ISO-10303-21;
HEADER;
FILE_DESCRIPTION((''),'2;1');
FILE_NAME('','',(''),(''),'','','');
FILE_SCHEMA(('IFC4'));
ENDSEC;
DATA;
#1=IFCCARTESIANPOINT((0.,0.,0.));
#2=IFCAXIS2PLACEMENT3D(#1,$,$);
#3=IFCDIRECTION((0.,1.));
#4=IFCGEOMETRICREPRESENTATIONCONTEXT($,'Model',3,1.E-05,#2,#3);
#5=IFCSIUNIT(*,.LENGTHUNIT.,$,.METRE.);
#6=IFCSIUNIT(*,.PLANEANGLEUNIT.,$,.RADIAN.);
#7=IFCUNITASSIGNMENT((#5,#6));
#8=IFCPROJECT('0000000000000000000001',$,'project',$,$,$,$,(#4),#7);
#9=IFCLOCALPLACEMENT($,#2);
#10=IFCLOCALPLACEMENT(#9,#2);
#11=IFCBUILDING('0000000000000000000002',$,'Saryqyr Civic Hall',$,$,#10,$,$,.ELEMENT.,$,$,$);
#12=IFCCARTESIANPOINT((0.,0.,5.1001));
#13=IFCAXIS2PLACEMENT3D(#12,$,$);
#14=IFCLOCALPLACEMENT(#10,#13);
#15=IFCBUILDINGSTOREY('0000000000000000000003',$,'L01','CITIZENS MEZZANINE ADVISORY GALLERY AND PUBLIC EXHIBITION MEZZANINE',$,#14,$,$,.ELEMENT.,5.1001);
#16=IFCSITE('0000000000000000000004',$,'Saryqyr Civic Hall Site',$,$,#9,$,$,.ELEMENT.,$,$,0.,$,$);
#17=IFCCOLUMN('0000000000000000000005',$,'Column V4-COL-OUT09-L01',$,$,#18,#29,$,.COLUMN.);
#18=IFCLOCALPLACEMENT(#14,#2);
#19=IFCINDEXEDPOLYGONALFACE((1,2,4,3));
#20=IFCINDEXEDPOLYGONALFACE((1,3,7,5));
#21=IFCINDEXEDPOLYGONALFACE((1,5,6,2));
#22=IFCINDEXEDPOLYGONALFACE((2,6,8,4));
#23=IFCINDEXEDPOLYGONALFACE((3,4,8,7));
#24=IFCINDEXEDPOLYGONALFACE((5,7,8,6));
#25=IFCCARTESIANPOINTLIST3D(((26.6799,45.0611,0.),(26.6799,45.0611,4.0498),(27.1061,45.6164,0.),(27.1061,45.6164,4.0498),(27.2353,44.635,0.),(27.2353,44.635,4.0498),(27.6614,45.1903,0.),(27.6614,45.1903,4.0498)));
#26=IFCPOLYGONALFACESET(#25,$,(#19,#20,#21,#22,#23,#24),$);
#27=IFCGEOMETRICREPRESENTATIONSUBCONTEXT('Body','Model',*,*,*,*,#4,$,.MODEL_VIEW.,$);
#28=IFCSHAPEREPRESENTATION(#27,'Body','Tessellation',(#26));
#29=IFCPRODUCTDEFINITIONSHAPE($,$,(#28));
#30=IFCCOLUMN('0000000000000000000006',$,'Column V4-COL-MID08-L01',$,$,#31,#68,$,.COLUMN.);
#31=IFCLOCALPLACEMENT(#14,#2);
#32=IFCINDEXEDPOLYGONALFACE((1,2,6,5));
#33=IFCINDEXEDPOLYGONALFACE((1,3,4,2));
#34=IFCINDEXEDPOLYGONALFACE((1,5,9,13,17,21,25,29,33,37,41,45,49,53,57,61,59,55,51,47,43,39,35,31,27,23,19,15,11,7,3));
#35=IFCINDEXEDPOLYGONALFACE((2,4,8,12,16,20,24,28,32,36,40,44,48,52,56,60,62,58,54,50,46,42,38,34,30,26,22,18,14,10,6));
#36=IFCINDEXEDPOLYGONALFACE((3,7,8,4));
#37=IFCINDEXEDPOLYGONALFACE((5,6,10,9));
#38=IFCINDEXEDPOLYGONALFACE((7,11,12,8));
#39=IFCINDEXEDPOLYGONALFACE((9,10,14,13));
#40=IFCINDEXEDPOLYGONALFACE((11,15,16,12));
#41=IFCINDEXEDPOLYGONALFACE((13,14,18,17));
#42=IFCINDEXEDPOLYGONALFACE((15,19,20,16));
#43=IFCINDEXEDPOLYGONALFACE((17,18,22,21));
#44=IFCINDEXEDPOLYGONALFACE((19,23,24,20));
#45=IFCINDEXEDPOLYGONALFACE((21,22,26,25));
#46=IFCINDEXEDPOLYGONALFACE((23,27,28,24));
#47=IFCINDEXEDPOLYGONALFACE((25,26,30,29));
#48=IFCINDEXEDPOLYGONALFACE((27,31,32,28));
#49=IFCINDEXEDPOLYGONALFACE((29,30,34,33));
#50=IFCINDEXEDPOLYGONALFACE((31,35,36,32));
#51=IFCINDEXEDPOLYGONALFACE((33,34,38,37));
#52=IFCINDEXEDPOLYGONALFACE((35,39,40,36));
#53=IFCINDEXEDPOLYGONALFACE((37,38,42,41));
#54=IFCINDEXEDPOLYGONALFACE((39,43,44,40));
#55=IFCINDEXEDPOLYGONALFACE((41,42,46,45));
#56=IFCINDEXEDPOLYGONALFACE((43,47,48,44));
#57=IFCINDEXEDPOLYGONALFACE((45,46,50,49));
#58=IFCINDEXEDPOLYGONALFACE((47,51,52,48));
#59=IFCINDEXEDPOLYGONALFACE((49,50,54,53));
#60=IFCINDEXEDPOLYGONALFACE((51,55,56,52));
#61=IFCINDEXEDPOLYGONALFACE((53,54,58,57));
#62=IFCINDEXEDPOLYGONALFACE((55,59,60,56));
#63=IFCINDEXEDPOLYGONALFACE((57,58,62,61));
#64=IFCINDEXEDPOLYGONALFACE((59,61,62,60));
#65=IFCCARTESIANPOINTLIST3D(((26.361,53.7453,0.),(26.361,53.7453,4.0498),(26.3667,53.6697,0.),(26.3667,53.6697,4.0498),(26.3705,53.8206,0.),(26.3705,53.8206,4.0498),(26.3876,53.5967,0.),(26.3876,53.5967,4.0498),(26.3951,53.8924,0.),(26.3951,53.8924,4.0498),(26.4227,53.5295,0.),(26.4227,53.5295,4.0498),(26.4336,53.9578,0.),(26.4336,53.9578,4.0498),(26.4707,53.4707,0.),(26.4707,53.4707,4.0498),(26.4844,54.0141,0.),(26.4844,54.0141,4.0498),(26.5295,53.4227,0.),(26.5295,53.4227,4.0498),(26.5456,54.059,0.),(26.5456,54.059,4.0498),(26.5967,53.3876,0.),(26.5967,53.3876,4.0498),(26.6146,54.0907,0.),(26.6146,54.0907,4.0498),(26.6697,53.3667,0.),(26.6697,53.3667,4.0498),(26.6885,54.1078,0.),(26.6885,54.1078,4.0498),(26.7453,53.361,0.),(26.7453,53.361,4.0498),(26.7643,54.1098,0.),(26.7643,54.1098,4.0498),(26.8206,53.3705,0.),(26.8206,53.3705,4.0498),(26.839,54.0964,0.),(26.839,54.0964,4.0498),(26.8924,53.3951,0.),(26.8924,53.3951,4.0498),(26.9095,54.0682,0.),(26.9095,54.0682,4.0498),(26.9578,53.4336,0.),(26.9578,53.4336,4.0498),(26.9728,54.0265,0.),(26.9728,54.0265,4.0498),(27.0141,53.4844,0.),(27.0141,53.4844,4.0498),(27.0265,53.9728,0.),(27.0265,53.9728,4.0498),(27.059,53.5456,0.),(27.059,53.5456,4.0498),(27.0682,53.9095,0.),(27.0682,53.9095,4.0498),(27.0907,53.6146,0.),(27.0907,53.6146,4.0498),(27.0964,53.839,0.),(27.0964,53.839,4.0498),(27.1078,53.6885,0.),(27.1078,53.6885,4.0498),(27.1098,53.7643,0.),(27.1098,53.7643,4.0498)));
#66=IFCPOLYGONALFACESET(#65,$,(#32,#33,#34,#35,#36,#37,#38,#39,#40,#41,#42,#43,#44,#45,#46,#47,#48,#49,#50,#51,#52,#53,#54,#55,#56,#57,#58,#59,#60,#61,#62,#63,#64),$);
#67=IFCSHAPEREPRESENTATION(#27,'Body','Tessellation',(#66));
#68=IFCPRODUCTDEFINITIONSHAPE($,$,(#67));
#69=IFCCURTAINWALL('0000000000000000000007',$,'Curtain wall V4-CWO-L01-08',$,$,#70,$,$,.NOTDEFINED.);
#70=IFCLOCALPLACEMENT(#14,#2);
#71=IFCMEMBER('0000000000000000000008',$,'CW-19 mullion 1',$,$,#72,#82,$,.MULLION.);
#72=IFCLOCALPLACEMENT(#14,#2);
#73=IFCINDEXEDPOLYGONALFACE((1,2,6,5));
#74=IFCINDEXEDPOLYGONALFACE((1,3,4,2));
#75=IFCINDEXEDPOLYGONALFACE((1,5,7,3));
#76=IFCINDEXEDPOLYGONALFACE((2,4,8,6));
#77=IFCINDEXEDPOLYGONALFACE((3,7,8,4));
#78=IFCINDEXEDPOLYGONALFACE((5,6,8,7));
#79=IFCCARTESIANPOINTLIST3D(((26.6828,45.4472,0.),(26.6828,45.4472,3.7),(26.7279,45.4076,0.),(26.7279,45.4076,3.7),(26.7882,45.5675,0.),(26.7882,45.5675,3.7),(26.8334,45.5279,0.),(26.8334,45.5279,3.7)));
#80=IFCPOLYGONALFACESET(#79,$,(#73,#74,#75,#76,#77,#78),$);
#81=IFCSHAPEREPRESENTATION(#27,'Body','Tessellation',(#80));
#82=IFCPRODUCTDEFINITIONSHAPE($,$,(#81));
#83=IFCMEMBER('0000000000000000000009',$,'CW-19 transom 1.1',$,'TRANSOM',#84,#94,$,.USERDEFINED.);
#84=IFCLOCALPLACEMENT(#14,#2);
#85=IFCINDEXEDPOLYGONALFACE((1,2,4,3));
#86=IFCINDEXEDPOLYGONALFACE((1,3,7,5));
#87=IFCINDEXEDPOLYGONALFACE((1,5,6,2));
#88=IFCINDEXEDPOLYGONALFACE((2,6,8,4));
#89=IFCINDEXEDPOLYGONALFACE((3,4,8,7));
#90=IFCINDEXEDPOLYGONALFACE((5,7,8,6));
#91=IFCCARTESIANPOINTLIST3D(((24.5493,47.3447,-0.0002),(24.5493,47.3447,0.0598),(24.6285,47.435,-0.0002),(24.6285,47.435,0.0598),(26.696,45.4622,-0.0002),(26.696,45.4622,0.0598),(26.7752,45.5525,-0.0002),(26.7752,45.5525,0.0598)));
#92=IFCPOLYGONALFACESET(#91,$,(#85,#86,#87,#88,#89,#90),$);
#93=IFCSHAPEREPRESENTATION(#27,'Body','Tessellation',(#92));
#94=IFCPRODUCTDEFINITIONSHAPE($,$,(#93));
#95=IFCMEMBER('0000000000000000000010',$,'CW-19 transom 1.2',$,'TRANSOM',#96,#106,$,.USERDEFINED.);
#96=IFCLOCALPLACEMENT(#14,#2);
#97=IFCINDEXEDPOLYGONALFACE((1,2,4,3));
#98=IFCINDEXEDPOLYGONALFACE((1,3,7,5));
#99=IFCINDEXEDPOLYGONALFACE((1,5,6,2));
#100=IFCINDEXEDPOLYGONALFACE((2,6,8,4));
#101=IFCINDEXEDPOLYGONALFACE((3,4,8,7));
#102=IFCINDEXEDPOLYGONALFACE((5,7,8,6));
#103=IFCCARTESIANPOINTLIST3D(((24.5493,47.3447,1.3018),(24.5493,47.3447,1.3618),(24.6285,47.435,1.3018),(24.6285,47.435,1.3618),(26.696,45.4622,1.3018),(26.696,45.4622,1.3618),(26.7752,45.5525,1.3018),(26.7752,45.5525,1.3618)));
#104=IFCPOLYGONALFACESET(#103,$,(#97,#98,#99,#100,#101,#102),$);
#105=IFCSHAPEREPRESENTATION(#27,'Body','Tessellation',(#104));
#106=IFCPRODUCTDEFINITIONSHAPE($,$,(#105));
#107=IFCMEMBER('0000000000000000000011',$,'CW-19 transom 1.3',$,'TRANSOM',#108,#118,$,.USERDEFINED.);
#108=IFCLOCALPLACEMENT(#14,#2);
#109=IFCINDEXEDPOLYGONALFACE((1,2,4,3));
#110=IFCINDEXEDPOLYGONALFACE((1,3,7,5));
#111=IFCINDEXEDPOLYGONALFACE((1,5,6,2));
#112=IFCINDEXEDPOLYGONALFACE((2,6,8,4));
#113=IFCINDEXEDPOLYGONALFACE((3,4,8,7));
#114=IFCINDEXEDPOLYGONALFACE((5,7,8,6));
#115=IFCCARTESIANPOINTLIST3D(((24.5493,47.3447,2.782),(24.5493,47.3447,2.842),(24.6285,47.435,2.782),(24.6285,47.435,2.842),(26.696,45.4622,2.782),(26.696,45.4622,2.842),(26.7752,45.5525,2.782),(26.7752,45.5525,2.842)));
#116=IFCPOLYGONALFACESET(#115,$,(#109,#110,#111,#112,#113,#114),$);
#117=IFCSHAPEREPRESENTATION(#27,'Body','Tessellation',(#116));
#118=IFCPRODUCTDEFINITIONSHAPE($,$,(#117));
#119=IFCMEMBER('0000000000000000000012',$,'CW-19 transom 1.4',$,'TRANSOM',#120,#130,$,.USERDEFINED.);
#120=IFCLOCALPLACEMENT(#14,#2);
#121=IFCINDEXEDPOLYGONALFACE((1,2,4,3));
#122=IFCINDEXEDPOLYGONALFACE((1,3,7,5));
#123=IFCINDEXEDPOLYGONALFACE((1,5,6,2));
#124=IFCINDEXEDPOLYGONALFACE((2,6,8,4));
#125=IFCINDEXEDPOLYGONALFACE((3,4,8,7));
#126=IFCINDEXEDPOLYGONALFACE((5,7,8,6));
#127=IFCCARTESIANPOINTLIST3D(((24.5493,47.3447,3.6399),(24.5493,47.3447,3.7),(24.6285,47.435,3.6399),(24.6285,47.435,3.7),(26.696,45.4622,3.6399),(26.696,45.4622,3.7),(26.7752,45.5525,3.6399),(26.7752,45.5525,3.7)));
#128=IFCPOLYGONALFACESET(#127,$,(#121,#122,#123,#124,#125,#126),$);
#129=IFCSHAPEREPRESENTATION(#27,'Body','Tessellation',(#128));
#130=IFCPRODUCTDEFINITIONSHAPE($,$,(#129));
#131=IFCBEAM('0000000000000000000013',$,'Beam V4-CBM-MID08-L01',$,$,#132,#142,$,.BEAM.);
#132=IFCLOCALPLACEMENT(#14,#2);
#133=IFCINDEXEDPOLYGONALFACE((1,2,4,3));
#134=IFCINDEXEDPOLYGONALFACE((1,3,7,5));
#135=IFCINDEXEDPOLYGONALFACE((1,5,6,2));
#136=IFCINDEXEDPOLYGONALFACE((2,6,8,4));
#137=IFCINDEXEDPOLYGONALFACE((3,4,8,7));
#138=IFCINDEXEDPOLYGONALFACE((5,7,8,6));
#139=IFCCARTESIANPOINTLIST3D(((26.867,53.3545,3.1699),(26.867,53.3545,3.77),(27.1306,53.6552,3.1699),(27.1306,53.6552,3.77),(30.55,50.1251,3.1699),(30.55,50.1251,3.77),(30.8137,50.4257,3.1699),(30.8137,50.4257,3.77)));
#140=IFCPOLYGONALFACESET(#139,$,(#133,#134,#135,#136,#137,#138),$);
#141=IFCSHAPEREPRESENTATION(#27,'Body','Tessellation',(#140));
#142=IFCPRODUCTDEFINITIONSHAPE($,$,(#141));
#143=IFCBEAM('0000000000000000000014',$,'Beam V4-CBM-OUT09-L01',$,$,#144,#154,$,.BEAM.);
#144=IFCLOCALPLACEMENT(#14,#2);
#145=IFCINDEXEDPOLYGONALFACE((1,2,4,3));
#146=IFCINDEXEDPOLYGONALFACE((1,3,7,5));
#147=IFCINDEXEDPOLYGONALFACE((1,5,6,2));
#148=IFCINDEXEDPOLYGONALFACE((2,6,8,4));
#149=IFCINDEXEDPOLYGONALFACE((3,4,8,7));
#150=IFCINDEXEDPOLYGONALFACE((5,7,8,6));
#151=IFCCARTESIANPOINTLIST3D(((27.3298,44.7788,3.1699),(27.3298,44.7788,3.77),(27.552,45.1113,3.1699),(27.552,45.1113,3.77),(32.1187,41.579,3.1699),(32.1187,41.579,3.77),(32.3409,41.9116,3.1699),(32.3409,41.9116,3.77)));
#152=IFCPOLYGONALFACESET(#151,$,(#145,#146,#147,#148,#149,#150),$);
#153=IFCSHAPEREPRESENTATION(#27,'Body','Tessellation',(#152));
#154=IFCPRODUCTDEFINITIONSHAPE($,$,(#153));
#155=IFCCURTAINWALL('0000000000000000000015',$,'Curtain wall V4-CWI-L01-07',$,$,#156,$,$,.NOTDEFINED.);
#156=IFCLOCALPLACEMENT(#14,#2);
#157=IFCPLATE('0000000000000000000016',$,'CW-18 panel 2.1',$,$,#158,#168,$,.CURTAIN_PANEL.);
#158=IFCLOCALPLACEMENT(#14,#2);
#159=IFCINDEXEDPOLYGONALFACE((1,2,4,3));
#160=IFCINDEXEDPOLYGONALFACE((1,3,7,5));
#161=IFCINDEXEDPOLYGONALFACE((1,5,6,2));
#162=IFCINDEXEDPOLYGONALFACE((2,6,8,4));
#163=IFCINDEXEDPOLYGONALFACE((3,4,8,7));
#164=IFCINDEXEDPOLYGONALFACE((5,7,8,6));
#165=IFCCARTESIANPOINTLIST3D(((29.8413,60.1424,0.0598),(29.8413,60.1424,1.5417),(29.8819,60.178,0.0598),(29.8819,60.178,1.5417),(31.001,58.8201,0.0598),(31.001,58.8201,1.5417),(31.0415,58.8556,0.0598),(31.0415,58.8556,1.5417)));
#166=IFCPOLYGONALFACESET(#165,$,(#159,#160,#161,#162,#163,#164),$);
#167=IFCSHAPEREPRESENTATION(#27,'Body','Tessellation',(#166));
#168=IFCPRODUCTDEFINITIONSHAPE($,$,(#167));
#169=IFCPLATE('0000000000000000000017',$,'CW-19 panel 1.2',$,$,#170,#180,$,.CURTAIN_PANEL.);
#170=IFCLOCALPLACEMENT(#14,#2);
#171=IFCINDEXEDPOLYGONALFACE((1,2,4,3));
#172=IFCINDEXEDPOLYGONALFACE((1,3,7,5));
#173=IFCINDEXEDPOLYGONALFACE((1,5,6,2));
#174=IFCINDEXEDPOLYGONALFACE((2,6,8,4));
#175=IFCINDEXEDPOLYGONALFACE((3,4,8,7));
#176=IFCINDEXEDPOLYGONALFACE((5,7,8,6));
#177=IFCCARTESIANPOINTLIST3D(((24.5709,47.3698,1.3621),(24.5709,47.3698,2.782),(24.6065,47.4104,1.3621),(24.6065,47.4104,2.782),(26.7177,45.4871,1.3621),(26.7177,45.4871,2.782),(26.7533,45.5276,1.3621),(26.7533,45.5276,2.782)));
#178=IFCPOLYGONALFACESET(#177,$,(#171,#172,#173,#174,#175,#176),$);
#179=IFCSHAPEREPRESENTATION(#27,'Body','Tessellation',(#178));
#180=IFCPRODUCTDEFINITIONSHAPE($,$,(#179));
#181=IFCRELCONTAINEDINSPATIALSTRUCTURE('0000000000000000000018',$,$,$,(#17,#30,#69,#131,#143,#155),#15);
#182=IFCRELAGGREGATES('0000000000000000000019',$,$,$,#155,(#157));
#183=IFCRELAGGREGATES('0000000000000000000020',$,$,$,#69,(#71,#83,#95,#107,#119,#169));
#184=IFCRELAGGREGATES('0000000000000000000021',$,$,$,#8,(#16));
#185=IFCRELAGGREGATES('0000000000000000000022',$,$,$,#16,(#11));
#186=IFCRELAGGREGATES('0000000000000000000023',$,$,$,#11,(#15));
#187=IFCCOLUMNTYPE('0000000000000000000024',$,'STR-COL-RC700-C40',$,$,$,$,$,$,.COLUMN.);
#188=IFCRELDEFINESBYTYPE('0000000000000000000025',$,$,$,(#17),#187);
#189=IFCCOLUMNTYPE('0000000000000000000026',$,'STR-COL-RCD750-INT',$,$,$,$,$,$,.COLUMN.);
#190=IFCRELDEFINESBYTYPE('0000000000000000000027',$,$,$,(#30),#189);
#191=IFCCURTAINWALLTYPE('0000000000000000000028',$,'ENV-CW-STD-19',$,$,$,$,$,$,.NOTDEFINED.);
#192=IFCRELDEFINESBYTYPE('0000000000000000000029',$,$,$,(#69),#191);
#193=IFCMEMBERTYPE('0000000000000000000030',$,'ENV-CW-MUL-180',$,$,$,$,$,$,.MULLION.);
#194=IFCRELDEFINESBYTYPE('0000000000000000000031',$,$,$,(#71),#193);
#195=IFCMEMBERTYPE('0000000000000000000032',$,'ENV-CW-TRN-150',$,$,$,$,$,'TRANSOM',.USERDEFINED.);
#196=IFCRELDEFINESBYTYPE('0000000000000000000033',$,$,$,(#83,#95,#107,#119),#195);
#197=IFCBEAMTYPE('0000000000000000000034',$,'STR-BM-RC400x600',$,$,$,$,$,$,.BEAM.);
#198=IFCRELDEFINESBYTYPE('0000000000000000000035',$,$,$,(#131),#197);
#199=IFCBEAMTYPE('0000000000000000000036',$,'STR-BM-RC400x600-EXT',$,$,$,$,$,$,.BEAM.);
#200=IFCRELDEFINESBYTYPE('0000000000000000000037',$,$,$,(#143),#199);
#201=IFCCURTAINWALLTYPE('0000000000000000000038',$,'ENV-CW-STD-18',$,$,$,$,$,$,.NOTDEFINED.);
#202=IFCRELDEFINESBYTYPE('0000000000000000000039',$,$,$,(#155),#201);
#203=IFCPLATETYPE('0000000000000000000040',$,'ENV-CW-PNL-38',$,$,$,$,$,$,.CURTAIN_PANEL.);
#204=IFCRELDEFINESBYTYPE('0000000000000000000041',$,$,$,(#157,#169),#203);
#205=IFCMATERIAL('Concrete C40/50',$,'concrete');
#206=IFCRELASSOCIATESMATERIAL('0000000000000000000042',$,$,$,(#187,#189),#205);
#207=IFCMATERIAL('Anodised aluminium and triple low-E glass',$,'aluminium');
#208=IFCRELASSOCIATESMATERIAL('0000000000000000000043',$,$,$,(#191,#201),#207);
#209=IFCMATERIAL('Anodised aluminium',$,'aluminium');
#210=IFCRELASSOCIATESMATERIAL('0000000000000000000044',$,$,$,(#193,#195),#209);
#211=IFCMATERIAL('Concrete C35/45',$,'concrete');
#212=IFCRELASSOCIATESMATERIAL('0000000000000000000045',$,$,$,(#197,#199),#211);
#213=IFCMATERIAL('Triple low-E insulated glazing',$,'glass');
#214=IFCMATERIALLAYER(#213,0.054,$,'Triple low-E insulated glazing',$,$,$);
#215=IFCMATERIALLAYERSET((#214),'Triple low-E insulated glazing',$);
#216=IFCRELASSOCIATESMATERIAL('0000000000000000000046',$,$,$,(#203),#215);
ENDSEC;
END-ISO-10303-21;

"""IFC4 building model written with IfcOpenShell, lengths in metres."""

from ifc_helpers import new_model, si_unit, direction, frame, origin, origin_2d, place, context, subcontext, project, spatial, rectangle, circle, extrude, material, layer, layer_set, material_profile, profile_set, type_object, element, aggregate, save


model = new_model("IFC4")

# Units and contexts
model_context = context("Model", 3, precision=1e-05, world=origin(), true_north=direction((0.0, 1.0)))
body_context = subcontext(model_context, "Body", "Model", "MODEL_VIEW")
ifc_project = project(units=[si_unit("LENGTHUNIT", "METRE"), si_unit("PLANEANGLEUNIT", "RADIAN")], contexts=[model_context])

# Site, building, storey
site_placement = place(None, origin())
site = spatial("IfcSite", under=ifc_project, at=site_placement, Name="Saryqyr Civic Hall Site", CompositionType="ELEMENT", RefElevation=0.0)
building_placement = place(site_placement, origin())
building = spatial("IfcBuilding", under=site, at=building_placement, Name="Saryqyr Civic Hall", CompositionType="ELEMENT")
storey_placement = place(building_placement, frame((0.0, 0.0, 5.1001)))
storey = spatial("IfcBuildingStorey", under=building, at=storey_placement, Name="L01", Description="CITIZENS MEZZANINE ADVISORY GALLERY AND PUBLIC EXHIBITION MEZZANINE", CompositionType="ELEMENT", Elevation=5.1001)

# Columns
ifc_material_1 = material(Name="Concrete C40/50", Category="concrete")
ifc_material_profile_1 = material_profile(ifc_material_1, rectangle(XDim=0.7, YDim=0.7, at=origin_2d()), Name="RC 700x700")
ifc_profile_set_1 = profile_set([ifc_material_profile_1], Name="Concrete C40/50")
column_type_1 = type_object("IfcColumnType", Name="STR-COL-RC700-C40", PredefinedType="COLUMN", material=ifc_profile_set_1)
column_1_placement = place(storey_placement, frame((27.1707, 45.1257, 0.0), z_axis=(0.0, 0.0, 1.0), x_axis=(-0.608761, -0.793353, 0.0)))
element("IfcColumn", 1, at=column_1_placement, inside=storey, type_object=column_type_1, Name="Column V4-COL-OUT09-L01", PredefinedType="COLUMN", context=body_context, shape_type="SweptSolid", body=[
    extrude(rectangle(XDim=0.7, YDim=0.7, at=origin_2d()), origin(), (0.0, 0.0, 1.0), 4.0498),
])
ifc_material_profile_2 = material_profile(ifc_material_1, circle(Radius=0.375, at=origin_2d()), Name="RC D750")
ifc_profile_set_2 = profile_set([ifc_material_profile_2], Name="Concrete C40/50")
column_type_2 = type_object("IfcColumnType", Name="STR-COL-RCD750-INT", PredefinedType="COLUMN", material=ifc_profile_set_2)
column_2_placement = place(storey_placement, frame((26.7358, 53.7358, 0.0), z_axis=(0.0, 0.0, 1.0), x_axis=(-0.707107, -0.707107, 0.0)))
element("IfcColumn", 2, at=column_2_placement, inside=storey, type_object=column_type_2, Name="Column V4-COL-MID08-L01", PredefinedType="COLUMN", context=body_context, shape_type="SweptSolid", body=[
    extrude(circle(Radius=0.375, at=origin_2d()), origin(), (0.0, 0.0, 1.0), 4.0498),
])

# Curtain wall, members
ifc_material_2 = material(Name="Anodised aluminium and triple low-E glass", Category="aluminium")
curtain_wall_type_1 = type_object("IfcCurtainWallType", Name="ENV-CW-STD-19", PredefinedType="NOTDEFINED", material=ifc_material_2)
curtain_wall_1_placement = place(storey_placement, origin())
curtain_wall_1 = element("IfcCurtainWall", 3, at=curtain_wall_1_placement, inside=storey, type_object=curtain_wall_type_1, Name="Curtain wall V4-CWO-L01-08", PredefinedType="NOTDEFINED")
ifc_material_3 = material(Name="Anodised aluminium", Category="aluminium")
ifc_material_profile_3 = material_profile(ifc_material_3, rectangle(XDim=0.0601, YDim=0.1599, at=origin_2d()), Name="ALU MULLION 60x160")
ifc_profile_set_3 = profile_set([ifc_material_profile_3], Name="Anodised aluminium")
member_type_1 = type_object("IfcMemberType", Name="ENV-CW-MUL-180", PredefinedType="MULLION", material=ifc_profile_set_3)
member_1_placement = place(storey_placement, frame((26.7581, 45.4875, 0.0), z_axis=(0.0, 0.0, 1.0), x_axis=(-0.751835, 0.659351, 0.0)))
member_1 = element("IfcMember", 4, at=member_1_placement, type_object=member_type_1, Name="CW-19 mullion 1", PredefinedType="MULLION", context=body_context, shape_type="SweptSolid", body=[
    extrude(rectangle(XDim=0.0601, YDim=0.1599, at=origin_2d()), origin(), (0.0, 0.0, 1.0), 3.7),
])
ifc_material_profile_4 = material_profile(ifc_material_3, rectangle(XDim=0.1201, YDim=0.0601, at=origin_2d()), Name="ALU TRANSOM 120x60")
ifc_profile_set_4 = profile_set([ifc_material_profile_4], Name="Anodised aluminium")
member_type_2 = type_object("IfcMemberType", Name="ENV-CW-TRN-150", ElementType="TRANSOM", PredefinedType="USERDEFINED", material=ifc_profile_set_4)
member_2_placement = place(storey_placement, frame((26.7356, 45.5073, 0.0298), z_axis=(-0.751851, 0.659334, 0.0), x_axis=(-0.659334, -0.751851, 0.0)))
member_2 = element("IfcMember", 5, at=member_2_placement, type_object=member_type_2, Name="CW-19 transom 1.1", ObjectType="TRANSOM", PredefinedType="USERDEFINED", context=body_context, shape_type="SweptSolid", body=[
    extrude(rectangle(XDim=0.1201, YDim=0.0601, at=origin_2d()), origin(), (0.0, 0.0, 1.0), 2.8552),
])
member_3_placement = place(storey_placement, frame((26.7356, 45.5073, 1.3318), z_axis=(-0.751851, 0.659334, 0.0), x_axis=(-0.659334, -0.751851, 0.0)))
member_3 = element("IfcMember", 6, at=member_3_placement, type_object=member_type_2, Name="CW-19 transom 1.2", ObjectType="TRANSOM", PredefinedType="USERDEFINED", context=body_context, shape_type="SweptSolid", body=[
    extrude(rectangle(XDim=0.1201, YDim=0.0601, at=origin_2d()), origin(), (0.0, 0.0, 1.0), 2.8552),
])
member_4_placement = place(storey_placement, frame((26.7356, 45.5073, 2.812), z_axis=(-0.751851, 0.659334, 0.0), x_axis=(-0.659334, -0.751851, 0.0)))
member_4 = element("IfcMember", 7, at=member_4_placement, type_object=member_type_2, Name="CW-19 transom 1.3", ObjectType="TRANSOM", PredefinedType="USERDEFINED", context=body_context, shape_type="SweptSolid", body=[
    extrude(rectangle(XDim=0.1201, YDim=0.0601, at=origin_2d()), origin(), (0.0, 0.0, 1.0), 2.8552),
])
member_5_placement = place(storey_placement, frame((26.7356, 45.5073, 3.6699), z_axis=(-0.751851, 0.659334, 0.0), x_axis=(-0.659334, -0.751851, 0.0)))
member_5 = element("IfcMember", 8, at=member_5_placement, type_object=member_type_2, Name="CW-19 transom 1.4", ObjectType="TRANSOM", PredefinedType="USERDEFINED", context=body_context, shape_type="SweptSolid", body=[
    extrude(rectangle(XDim=0.1201, YDim=0.0601, at=origin_2d()), origin(), (0.0, 0.0, 1.0), 2.8552),
])

# Beams
ifc_material_4 = material(Name="Concrete C35/45", Category="concrete")
ifc_material_profile_5 = material_profile(ifc_material_4, rectangle(XDim=0.3999, YDim=0.6001, at=origin_2d()), Name="RC 400x600")
ifc_profile_set_5 = profile_set([ifc_material_profile_5], Name="Concrete C35/45")
beam_type_1 = type_object("IfcBeamType", Name="STR-BM-RC400x600", PredefinedType="BEAM", material=ifc_profile_set_5)
beam_1_placement = place(storey_placement, frame((26.9988, 53.5049, 3.47), z_axis=(0.751891, -0.659288, 0.0), x_axis=(0.659288, 0.751891, 0.0)))
element("IfcBeam", 9, at=beam_1_placement, inside=storey, type_object=beam_type_1, Name="Beam V4-CBM-MID08-L01", PredefinedType="BEAM", context=body_context, shape_type="SweptSolid", body=[
    extrude(rectangle(XDim=0.3999, YDim=0.6001, at=origin_2d()), origin(), (0.0, 0.0, 1.0), 4.8984),
])
ifc_material_profile_6 = material_profile(ifc_material_4, rectangle(XDim=0.3999, YDim=0.6001, at=origin_2d()), Name="RC 400x600")
ifc_profile_set_6 = profile_set([ifc_material_profile_6], Name="Concrete C35/45")
beam_type_2 = type_object("IfcBeamType", Name="STR-BM-RC400x600-EXT", PredefinedType="BEAM", material=ifc_profile_set_6)
beam_2_placement = place(storey_placement, frame((27.4409, 44.9451, 3.47), z_axis=(0.831476, -0.555561, 0.0), x_axis=(0.555561, 0.831476, 0.0)))
element("IfcBeam", 10, at=beam_2_placement, inside=storey, type_object=beam_type_2, Name="Beam V4-CBM-OUT09-L01", PredefinedType="BEAM", context=body_context, shape_type="SweptSolid", body=[
    extrude(rectangle(XDim=0.3999, YDim=0.6001, at=origin_2d()), origin(), (0.0, 0.0, 1.0), 5.7595),
])

# Curtain wall, plate
curtain_wall_type_2 = type_object("IfcCurtainWallType", Name="ENV-CW-STD-18", PredefinedType="NOTDEFINED", material=ifc_material_2)
curtain_wall_2_placement = place(storey_placement, origin())
curtain_wall_2 = element("IfcCurtainWall", 11, at=curtain_wall_2_placement, inside=storey, type_object=curtain_wall_type_2, Name="Curtain wall V4-CWI-L01-07", PredefinedType="NOTDEFINED")
ifc_material_5 = material(Name="Triple low-E insulated glazing", Category="glass")
ifc_layer_1 = layer(ifc_material_5, 0.054, Name="Triple low-E insulated glazing")
ifc_layer_set_1 = layer_set([ifc_layer_1], Name="Triple low-E insulated glazing")
plate_type = type_object("IfcPlateType", Name="ENV-CW-PNL-38", PredefinedType="CURTAIN_PANEL", material=ifc_layer_set_1)
plate_1_placement = place(storey_placement, frame((30.4414, 59.499, 0.0598), z_axis=(0.0, 0.0, 1.0), x_axis=(0.659349, -0.751837, 0.0)))
plate_1 = element("IfcPlate", 12, at=plate_1_placement, type_object=plate_type, Name="CW-18 panel 2.1", PredefinedType="CURTAIN_PANEL", context=body_context, shape_type="SweptSolid", body=[
    extrude(rectangle(XDim=1.7588, YDim=0.054, at=origin_2d()), origin(), (0.0, 0.0, 1.0), 1.4819),
])
aggregate(curtain_wall_2, [plate_1])

# Plate
plate_2_placement = place(storey_placement, frame((25.6621, 46.4487, 1.3621), z_axis=(0.0, 0.0, 1.0), x_axis=(-0.751835, 0.659351, 0.0)))
plate_2 = element("IfcPlate", 13, at=plate_2_placement, type_object=plate_type, Name="CW-19 panel 1.2", PredefinedType="CURTAIN_PANEL", context=body_context, shape_type="SweptSolid", body=[
    extrude(rectangle(XDim=2.8555, YDim=0.054, at=origin_2d()), origin(), (0.0, 0.0, 1.0), 1.4199),
])
aggregate(curtain_wall_1, [member_1, member_2, member_3, member_4, member_5, plate_2])

save(model, "model.ifc")
